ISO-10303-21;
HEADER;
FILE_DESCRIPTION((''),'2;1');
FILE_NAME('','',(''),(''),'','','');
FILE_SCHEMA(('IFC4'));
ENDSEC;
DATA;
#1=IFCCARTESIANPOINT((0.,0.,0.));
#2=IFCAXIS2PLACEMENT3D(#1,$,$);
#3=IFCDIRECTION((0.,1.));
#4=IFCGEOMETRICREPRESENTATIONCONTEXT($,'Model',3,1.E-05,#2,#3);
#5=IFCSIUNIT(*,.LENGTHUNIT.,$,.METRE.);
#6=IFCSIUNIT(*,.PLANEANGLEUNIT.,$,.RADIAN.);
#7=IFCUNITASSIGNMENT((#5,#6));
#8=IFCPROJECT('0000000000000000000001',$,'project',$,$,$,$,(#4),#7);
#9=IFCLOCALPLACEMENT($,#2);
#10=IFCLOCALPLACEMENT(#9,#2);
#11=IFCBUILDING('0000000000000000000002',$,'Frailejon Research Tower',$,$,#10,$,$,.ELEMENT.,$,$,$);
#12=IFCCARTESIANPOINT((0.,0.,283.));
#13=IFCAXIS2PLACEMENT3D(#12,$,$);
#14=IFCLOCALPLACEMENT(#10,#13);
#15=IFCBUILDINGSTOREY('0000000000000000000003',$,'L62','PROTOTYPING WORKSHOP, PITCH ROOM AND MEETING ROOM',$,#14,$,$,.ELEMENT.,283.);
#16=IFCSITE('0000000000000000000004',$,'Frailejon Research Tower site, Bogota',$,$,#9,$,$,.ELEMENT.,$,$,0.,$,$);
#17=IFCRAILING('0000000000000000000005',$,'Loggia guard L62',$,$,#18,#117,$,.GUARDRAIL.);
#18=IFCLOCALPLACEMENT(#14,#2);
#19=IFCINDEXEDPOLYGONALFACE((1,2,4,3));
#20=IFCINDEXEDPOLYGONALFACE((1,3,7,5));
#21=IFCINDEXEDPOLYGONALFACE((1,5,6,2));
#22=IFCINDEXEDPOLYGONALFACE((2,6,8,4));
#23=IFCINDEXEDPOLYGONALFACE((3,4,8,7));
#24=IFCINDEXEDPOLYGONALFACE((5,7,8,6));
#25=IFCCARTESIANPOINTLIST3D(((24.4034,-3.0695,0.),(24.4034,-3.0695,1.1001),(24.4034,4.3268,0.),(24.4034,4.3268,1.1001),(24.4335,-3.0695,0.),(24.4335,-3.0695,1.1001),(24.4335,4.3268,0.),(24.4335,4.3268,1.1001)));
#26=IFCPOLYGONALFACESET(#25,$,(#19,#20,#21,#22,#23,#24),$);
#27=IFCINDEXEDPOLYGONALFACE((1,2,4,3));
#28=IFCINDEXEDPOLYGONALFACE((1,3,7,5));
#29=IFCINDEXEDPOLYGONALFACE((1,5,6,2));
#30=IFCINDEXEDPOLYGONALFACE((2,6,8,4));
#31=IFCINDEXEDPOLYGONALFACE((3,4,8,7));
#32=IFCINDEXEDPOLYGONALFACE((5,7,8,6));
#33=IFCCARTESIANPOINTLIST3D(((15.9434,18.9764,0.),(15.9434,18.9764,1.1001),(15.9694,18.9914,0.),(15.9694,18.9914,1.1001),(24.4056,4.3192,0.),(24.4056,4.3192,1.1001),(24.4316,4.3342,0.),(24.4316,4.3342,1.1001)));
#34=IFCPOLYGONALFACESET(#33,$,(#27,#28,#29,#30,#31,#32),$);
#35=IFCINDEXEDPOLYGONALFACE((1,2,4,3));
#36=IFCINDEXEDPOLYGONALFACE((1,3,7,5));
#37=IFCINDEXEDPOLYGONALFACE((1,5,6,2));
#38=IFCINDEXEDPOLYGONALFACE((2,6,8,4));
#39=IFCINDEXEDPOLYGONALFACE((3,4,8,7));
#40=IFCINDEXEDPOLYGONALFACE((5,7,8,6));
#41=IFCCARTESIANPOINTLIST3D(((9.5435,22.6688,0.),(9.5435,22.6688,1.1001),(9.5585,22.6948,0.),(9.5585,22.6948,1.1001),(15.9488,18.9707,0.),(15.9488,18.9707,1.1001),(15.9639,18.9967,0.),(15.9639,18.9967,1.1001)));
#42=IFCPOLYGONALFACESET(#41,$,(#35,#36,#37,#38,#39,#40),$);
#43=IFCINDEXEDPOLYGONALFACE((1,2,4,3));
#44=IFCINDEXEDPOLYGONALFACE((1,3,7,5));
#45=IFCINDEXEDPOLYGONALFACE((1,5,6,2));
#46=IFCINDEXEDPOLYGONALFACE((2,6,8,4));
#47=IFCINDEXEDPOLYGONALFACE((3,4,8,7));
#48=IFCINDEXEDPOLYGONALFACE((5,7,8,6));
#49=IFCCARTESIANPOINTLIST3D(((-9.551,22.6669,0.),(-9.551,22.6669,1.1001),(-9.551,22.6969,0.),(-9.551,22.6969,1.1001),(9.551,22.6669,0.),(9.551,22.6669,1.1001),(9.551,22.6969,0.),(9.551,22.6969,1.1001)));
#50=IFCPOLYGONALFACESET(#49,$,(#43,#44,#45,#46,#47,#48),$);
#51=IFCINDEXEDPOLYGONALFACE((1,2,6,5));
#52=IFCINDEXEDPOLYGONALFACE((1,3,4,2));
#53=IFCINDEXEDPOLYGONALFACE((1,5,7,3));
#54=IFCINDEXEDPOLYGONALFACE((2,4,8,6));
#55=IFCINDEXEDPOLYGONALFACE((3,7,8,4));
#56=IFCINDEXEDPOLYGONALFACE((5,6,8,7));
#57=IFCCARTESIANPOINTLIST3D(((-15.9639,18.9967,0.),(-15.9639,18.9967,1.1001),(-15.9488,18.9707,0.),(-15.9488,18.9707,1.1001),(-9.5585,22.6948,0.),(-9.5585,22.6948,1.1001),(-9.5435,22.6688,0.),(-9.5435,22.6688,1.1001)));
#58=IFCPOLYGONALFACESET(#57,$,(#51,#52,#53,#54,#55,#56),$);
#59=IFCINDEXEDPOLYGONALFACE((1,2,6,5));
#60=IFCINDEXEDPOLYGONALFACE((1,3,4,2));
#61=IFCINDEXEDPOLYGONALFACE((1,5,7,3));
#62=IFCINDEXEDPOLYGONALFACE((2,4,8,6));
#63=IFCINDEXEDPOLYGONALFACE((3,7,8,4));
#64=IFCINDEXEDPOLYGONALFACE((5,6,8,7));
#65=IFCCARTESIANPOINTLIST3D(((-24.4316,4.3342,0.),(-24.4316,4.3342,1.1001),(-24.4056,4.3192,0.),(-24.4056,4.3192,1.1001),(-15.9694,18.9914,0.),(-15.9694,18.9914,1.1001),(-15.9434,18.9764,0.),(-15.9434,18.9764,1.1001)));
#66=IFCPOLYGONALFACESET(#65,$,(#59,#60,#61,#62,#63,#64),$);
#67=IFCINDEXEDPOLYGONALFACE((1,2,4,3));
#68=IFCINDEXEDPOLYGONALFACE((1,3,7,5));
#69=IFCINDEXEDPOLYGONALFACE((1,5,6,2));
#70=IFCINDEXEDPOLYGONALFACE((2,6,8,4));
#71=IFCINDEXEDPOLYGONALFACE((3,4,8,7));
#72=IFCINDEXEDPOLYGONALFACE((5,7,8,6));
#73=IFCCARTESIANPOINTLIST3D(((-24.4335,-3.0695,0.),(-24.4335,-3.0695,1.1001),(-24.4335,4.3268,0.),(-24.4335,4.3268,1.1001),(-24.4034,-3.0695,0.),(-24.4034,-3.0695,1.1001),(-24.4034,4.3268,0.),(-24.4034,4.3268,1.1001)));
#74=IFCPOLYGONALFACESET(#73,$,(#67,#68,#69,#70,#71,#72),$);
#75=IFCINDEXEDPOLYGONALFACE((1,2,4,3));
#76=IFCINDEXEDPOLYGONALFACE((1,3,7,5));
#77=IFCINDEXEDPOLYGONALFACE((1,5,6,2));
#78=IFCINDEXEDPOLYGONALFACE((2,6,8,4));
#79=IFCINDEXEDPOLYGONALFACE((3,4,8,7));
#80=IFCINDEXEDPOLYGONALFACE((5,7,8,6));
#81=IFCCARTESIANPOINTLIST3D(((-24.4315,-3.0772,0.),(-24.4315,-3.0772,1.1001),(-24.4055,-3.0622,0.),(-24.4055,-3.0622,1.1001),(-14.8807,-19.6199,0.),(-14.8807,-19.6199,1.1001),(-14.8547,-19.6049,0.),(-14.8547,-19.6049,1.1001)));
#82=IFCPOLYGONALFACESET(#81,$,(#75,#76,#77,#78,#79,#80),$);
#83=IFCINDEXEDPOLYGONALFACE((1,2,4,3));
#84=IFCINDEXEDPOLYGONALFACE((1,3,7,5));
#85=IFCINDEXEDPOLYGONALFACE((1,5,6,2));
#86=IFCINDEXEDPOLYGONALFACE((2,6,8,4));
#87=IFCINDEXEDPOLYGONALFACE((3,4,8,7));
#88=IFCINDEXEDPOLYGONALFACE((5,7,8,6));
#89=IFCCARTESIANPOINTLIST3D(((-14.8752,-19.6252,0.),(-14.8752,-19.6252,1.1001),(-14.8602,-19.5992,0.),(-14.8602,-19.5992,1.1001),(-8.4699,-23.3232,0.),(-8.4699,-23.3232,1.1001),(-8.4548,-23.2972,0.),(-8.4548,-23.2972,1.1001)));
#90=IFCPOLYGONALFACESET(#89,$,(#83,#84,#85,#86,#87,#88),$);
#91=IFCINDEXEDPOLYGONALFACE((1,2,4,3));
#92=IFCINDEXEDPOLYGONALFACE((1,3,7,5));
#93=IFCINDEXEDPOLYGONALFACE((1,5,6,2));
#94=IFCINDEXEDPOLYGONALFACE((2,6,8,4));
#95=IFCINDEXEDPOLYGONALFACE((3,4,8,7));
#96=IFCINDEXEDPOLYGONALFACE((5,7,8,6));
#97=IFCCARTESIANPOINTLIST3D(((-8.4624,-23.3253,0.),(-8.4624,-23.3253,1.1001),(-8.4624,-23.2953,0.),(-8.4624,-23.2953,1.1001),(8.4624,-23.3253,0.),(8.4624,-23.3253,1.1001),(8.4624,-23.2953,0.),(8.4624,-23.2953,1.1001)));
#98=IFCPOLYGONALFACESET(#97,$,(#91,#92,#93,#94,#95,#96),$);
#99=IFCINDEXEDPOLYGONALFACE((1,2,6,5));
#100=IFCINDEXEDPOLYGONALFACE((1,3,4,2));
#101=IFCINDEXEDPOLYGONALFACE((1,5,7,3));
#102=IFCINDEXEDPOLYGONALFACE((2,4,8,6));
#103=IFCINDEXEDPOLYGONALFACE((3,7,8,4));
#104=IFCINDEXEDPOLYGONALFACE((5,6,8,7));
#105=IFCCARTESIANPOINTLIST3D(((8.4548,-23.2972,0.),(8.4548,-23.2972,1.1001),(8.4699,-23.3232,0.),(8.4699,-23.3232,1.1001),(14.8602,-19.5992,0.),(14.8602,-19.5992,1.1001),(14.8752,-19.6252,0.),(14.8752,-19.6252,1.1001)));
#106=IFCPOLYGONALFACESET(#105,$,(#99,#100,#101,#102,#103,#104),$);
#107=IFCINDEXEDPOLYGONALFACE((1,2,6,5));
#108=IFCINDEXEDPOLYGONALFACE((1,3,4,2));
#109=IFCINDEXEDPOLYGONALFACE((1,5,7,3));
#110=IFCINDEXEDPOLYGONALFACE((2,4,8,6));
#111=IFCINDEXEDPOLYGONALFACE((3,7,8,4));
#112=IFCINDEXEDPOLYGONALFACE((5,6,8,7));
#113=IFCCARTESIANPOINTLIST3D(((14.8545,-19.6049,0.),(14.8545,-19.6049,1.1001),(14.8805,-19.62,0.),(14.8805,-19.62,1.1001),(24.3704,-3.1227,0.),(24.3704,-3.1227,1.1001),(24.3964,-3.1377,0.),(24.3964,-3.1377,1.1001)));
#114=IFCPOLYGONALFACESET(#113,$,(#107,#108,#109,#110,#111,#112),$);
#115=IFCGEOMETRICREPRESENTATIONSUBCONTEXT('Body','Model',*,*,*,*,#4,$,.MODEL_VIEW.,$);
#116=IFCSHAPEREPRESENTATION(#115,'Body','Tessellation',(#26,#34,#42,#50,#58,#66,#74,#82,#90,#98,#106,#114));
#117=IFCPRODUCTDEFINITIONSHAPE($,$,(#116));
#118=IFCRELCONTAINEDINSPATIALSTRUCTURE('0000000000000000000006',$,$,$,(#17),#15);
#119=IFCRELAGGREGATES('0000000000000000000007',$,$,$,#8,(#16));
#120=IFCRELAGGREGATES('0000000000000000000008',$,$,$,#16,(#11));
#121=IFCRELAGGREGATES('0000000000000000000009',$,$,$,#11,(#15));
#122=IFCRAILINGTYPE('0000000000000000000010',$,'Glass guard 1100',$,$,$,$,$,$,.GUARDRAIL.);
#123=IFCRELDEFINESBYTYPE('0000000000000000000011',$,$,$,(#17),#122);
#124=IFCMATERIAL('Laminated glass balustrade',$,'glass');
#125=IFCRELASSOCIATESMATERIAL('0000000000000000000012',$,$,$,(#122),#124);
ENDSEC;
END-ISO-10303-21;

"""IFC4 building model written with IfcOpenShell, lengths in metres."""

from ifc_helpers import new_model, si_unit, direction, frame, origin, origin_2d, place, context, subcontext, project, spatial, rectangle, extrude, material, type_object, element, save


model = new_model("IFC4")

# Units and contexts
model_context = context("Model", 3, precision=1e-05, world=origin(), true_north=direction((0.0, 1.0)))
body_context = subcontext(model_context, "Body", "Model", "MODEL_VIEW")
ifc_project = project(units=[si_unit("LENGTHUNIT", "METRE"), si_unit("PLANEANGLEUNIT", "RADIAN")], contexts=[model_context])

# Site, building, storey
site_placement = place(None, origin())
site = spatial("IfcSite", under=ifc_project, at=site_placement, Name="Frailejon Research Tower site, Bogota", CompositionType="ELEMENT", RefElevation=0.0)
building_placement = place(site_placement, origin())
building = spatial("IfcBuilding", under=site, at=building_placement, Name="Frailejon Research Tower", CompositionType="ELEMENT")
storey_placement = place(building_placement, frame((0.0, 0.0, 283.0)))
storey = spatial("IfcBuildingStorey", under=building, at=storey_placement, Name="L62", Description="PROTOTYPING WORKSHOP, PITCH ROOM AND MEETING ROOM", CompositionType="ELEMENT", Elevation=283.0)

# Railing
ifc_material_1 = material(Name="Laminated glass balustrade", Category="glass")
railing_type = type_object("IfcRailingType", Name="Glass guard 1100", PredefinedType="GUARDRAIL", material=ifc_material_1)
railing_placement = place(storey_placement, frame((24.4185, -3.0696, 0.0)))
element("IfcRailing", 1, at=railing_placement, inside=storey, type_object=railing_type, Name="Loggia guard L62", PredefinedType="GUARDRAIL", context=body_context, shape_type="SweptSolid", body=[
    extrude(rectangle(XDim=7.3962, YDim=0.03, at=origin_2d()), frame((0.0, 3.6982, 0.0), z_axis=(0.0, 0.0, 1.0), x_axis=(0.0, 1.0, 0.0)), (0.0, 0.0, 1.0), 1.1001),
    extrude(rectangle(XDim=16.9246, YDim=0.03, at=origin_2d()), frame((-4.231, 14.7249, 0.0), z_axis=(0.0, 0.0, 1.0), x_axis=(-0.499991, 0.86603, 0.0)), (0.0, 0.0, 1.0), 1.1001),
    extrude(rectangle(XDim=7.3962, YDim=0.03, at=origin_2d()), frame((-11.6648, 23.9023, 0.0), z_axis=(0.0, 0.0, 1.0), x_axis=(-0.866031, 0.499991, 0.0)), (0.0, 0.0, 1.0), 1.1001),
    extrude(rectangle(XDim=19.1021, YDim=0.03, at=origin_2d()), frame((-24.4185, 25.7515, 0.0), z_axis=(0.0, 0.0, 1.0), x_axis=(-1.0, 0.0, 0.0)), (0.0, 0.0, 1.0), 1.1001),
    extrude(rectangle(XDim=7.3962, YDim=0.03, at=origin_2d()), frame((-37.1721, 23.9023, 0.0), z_axis=(0.0, 0.0, 1.0), x_axis=(-0.866031, -0.499991, 0.0)), (0.0, 0.0, 1.0), 1.1001),
    extrude(rectangle(XDim=16.9246, YDim=0.03, at=origin_2d()), frame((-44.606, 14.7249, 0.0), z_axis=(0.0, 0.0, 1.0), x_axis=(-0.499991, -0.86603, 0.0)), (0.0, 0.0, 1.0), 1.1001),
    extrude(rectangle(XDim=7.3962, YDim=0.03, at=origin_2d()), frame((-48.8369, 3.6982, 0.0), z_axis=(0.0, 0.0, 1.0), x_axis=(0.0, -1.0, 0.0)), (0.0, 0.0, 1.0), 1.1001),
    extrude(rectangle(XDim=19.1018, YDim=0.03, at=origin_2d()), frame((-44.0615, -8.2715, 0.0), z_axis=(0.0, 0.0, 1.0), x_axis=(0.499994, -0.866029, 0.0)), (0.0, 0.0, 1.0), 1.1001),
    extrude(rectangle(XDim=7.3962, YDim=0.03, at=origin_2d()), frame((-36.0835, -18.3916, 0.0), z_axis=(0.0, 0.0, 1.0), x_axis=(0.866031, -0.499991, 0.0)), (0.0, 0.0, 1.0), 1.1001),
    extrude(rectangle(XDim=16.9248, YDim=0.03, at=origin_2d()), frame((-24.4185, -20.2407, 0.0), z_axis=(0.0, 0.0, 1.0), x_axis=(1.0, 0.0, 0.0)), (0.0, 0.0, 1.0), 1.1001),
    extrude(rectangle(XDim=7.3962, YDim=0.03, at=origin_2d()), frame((-12.7534, -18.3916, 0.0), z_axis=(0.0, 0.0, 1.0), x_axis=(0.866031, 0.499991, 0.0)), (0.0, 0.0, 1.0), 1.1001),
    extrude(rectangle(XDim=19.032, YDim=0.03, at=origin_2d()), frame((-4.793, -8.3018, 0.0), z_axis=(0.0, 0.0, 1.0), x_axis=(0.499995, 0.866028, 0.0)), (0.0, 0.0, 1.0), 1.1001),
])

save(model, "model.ifc")
